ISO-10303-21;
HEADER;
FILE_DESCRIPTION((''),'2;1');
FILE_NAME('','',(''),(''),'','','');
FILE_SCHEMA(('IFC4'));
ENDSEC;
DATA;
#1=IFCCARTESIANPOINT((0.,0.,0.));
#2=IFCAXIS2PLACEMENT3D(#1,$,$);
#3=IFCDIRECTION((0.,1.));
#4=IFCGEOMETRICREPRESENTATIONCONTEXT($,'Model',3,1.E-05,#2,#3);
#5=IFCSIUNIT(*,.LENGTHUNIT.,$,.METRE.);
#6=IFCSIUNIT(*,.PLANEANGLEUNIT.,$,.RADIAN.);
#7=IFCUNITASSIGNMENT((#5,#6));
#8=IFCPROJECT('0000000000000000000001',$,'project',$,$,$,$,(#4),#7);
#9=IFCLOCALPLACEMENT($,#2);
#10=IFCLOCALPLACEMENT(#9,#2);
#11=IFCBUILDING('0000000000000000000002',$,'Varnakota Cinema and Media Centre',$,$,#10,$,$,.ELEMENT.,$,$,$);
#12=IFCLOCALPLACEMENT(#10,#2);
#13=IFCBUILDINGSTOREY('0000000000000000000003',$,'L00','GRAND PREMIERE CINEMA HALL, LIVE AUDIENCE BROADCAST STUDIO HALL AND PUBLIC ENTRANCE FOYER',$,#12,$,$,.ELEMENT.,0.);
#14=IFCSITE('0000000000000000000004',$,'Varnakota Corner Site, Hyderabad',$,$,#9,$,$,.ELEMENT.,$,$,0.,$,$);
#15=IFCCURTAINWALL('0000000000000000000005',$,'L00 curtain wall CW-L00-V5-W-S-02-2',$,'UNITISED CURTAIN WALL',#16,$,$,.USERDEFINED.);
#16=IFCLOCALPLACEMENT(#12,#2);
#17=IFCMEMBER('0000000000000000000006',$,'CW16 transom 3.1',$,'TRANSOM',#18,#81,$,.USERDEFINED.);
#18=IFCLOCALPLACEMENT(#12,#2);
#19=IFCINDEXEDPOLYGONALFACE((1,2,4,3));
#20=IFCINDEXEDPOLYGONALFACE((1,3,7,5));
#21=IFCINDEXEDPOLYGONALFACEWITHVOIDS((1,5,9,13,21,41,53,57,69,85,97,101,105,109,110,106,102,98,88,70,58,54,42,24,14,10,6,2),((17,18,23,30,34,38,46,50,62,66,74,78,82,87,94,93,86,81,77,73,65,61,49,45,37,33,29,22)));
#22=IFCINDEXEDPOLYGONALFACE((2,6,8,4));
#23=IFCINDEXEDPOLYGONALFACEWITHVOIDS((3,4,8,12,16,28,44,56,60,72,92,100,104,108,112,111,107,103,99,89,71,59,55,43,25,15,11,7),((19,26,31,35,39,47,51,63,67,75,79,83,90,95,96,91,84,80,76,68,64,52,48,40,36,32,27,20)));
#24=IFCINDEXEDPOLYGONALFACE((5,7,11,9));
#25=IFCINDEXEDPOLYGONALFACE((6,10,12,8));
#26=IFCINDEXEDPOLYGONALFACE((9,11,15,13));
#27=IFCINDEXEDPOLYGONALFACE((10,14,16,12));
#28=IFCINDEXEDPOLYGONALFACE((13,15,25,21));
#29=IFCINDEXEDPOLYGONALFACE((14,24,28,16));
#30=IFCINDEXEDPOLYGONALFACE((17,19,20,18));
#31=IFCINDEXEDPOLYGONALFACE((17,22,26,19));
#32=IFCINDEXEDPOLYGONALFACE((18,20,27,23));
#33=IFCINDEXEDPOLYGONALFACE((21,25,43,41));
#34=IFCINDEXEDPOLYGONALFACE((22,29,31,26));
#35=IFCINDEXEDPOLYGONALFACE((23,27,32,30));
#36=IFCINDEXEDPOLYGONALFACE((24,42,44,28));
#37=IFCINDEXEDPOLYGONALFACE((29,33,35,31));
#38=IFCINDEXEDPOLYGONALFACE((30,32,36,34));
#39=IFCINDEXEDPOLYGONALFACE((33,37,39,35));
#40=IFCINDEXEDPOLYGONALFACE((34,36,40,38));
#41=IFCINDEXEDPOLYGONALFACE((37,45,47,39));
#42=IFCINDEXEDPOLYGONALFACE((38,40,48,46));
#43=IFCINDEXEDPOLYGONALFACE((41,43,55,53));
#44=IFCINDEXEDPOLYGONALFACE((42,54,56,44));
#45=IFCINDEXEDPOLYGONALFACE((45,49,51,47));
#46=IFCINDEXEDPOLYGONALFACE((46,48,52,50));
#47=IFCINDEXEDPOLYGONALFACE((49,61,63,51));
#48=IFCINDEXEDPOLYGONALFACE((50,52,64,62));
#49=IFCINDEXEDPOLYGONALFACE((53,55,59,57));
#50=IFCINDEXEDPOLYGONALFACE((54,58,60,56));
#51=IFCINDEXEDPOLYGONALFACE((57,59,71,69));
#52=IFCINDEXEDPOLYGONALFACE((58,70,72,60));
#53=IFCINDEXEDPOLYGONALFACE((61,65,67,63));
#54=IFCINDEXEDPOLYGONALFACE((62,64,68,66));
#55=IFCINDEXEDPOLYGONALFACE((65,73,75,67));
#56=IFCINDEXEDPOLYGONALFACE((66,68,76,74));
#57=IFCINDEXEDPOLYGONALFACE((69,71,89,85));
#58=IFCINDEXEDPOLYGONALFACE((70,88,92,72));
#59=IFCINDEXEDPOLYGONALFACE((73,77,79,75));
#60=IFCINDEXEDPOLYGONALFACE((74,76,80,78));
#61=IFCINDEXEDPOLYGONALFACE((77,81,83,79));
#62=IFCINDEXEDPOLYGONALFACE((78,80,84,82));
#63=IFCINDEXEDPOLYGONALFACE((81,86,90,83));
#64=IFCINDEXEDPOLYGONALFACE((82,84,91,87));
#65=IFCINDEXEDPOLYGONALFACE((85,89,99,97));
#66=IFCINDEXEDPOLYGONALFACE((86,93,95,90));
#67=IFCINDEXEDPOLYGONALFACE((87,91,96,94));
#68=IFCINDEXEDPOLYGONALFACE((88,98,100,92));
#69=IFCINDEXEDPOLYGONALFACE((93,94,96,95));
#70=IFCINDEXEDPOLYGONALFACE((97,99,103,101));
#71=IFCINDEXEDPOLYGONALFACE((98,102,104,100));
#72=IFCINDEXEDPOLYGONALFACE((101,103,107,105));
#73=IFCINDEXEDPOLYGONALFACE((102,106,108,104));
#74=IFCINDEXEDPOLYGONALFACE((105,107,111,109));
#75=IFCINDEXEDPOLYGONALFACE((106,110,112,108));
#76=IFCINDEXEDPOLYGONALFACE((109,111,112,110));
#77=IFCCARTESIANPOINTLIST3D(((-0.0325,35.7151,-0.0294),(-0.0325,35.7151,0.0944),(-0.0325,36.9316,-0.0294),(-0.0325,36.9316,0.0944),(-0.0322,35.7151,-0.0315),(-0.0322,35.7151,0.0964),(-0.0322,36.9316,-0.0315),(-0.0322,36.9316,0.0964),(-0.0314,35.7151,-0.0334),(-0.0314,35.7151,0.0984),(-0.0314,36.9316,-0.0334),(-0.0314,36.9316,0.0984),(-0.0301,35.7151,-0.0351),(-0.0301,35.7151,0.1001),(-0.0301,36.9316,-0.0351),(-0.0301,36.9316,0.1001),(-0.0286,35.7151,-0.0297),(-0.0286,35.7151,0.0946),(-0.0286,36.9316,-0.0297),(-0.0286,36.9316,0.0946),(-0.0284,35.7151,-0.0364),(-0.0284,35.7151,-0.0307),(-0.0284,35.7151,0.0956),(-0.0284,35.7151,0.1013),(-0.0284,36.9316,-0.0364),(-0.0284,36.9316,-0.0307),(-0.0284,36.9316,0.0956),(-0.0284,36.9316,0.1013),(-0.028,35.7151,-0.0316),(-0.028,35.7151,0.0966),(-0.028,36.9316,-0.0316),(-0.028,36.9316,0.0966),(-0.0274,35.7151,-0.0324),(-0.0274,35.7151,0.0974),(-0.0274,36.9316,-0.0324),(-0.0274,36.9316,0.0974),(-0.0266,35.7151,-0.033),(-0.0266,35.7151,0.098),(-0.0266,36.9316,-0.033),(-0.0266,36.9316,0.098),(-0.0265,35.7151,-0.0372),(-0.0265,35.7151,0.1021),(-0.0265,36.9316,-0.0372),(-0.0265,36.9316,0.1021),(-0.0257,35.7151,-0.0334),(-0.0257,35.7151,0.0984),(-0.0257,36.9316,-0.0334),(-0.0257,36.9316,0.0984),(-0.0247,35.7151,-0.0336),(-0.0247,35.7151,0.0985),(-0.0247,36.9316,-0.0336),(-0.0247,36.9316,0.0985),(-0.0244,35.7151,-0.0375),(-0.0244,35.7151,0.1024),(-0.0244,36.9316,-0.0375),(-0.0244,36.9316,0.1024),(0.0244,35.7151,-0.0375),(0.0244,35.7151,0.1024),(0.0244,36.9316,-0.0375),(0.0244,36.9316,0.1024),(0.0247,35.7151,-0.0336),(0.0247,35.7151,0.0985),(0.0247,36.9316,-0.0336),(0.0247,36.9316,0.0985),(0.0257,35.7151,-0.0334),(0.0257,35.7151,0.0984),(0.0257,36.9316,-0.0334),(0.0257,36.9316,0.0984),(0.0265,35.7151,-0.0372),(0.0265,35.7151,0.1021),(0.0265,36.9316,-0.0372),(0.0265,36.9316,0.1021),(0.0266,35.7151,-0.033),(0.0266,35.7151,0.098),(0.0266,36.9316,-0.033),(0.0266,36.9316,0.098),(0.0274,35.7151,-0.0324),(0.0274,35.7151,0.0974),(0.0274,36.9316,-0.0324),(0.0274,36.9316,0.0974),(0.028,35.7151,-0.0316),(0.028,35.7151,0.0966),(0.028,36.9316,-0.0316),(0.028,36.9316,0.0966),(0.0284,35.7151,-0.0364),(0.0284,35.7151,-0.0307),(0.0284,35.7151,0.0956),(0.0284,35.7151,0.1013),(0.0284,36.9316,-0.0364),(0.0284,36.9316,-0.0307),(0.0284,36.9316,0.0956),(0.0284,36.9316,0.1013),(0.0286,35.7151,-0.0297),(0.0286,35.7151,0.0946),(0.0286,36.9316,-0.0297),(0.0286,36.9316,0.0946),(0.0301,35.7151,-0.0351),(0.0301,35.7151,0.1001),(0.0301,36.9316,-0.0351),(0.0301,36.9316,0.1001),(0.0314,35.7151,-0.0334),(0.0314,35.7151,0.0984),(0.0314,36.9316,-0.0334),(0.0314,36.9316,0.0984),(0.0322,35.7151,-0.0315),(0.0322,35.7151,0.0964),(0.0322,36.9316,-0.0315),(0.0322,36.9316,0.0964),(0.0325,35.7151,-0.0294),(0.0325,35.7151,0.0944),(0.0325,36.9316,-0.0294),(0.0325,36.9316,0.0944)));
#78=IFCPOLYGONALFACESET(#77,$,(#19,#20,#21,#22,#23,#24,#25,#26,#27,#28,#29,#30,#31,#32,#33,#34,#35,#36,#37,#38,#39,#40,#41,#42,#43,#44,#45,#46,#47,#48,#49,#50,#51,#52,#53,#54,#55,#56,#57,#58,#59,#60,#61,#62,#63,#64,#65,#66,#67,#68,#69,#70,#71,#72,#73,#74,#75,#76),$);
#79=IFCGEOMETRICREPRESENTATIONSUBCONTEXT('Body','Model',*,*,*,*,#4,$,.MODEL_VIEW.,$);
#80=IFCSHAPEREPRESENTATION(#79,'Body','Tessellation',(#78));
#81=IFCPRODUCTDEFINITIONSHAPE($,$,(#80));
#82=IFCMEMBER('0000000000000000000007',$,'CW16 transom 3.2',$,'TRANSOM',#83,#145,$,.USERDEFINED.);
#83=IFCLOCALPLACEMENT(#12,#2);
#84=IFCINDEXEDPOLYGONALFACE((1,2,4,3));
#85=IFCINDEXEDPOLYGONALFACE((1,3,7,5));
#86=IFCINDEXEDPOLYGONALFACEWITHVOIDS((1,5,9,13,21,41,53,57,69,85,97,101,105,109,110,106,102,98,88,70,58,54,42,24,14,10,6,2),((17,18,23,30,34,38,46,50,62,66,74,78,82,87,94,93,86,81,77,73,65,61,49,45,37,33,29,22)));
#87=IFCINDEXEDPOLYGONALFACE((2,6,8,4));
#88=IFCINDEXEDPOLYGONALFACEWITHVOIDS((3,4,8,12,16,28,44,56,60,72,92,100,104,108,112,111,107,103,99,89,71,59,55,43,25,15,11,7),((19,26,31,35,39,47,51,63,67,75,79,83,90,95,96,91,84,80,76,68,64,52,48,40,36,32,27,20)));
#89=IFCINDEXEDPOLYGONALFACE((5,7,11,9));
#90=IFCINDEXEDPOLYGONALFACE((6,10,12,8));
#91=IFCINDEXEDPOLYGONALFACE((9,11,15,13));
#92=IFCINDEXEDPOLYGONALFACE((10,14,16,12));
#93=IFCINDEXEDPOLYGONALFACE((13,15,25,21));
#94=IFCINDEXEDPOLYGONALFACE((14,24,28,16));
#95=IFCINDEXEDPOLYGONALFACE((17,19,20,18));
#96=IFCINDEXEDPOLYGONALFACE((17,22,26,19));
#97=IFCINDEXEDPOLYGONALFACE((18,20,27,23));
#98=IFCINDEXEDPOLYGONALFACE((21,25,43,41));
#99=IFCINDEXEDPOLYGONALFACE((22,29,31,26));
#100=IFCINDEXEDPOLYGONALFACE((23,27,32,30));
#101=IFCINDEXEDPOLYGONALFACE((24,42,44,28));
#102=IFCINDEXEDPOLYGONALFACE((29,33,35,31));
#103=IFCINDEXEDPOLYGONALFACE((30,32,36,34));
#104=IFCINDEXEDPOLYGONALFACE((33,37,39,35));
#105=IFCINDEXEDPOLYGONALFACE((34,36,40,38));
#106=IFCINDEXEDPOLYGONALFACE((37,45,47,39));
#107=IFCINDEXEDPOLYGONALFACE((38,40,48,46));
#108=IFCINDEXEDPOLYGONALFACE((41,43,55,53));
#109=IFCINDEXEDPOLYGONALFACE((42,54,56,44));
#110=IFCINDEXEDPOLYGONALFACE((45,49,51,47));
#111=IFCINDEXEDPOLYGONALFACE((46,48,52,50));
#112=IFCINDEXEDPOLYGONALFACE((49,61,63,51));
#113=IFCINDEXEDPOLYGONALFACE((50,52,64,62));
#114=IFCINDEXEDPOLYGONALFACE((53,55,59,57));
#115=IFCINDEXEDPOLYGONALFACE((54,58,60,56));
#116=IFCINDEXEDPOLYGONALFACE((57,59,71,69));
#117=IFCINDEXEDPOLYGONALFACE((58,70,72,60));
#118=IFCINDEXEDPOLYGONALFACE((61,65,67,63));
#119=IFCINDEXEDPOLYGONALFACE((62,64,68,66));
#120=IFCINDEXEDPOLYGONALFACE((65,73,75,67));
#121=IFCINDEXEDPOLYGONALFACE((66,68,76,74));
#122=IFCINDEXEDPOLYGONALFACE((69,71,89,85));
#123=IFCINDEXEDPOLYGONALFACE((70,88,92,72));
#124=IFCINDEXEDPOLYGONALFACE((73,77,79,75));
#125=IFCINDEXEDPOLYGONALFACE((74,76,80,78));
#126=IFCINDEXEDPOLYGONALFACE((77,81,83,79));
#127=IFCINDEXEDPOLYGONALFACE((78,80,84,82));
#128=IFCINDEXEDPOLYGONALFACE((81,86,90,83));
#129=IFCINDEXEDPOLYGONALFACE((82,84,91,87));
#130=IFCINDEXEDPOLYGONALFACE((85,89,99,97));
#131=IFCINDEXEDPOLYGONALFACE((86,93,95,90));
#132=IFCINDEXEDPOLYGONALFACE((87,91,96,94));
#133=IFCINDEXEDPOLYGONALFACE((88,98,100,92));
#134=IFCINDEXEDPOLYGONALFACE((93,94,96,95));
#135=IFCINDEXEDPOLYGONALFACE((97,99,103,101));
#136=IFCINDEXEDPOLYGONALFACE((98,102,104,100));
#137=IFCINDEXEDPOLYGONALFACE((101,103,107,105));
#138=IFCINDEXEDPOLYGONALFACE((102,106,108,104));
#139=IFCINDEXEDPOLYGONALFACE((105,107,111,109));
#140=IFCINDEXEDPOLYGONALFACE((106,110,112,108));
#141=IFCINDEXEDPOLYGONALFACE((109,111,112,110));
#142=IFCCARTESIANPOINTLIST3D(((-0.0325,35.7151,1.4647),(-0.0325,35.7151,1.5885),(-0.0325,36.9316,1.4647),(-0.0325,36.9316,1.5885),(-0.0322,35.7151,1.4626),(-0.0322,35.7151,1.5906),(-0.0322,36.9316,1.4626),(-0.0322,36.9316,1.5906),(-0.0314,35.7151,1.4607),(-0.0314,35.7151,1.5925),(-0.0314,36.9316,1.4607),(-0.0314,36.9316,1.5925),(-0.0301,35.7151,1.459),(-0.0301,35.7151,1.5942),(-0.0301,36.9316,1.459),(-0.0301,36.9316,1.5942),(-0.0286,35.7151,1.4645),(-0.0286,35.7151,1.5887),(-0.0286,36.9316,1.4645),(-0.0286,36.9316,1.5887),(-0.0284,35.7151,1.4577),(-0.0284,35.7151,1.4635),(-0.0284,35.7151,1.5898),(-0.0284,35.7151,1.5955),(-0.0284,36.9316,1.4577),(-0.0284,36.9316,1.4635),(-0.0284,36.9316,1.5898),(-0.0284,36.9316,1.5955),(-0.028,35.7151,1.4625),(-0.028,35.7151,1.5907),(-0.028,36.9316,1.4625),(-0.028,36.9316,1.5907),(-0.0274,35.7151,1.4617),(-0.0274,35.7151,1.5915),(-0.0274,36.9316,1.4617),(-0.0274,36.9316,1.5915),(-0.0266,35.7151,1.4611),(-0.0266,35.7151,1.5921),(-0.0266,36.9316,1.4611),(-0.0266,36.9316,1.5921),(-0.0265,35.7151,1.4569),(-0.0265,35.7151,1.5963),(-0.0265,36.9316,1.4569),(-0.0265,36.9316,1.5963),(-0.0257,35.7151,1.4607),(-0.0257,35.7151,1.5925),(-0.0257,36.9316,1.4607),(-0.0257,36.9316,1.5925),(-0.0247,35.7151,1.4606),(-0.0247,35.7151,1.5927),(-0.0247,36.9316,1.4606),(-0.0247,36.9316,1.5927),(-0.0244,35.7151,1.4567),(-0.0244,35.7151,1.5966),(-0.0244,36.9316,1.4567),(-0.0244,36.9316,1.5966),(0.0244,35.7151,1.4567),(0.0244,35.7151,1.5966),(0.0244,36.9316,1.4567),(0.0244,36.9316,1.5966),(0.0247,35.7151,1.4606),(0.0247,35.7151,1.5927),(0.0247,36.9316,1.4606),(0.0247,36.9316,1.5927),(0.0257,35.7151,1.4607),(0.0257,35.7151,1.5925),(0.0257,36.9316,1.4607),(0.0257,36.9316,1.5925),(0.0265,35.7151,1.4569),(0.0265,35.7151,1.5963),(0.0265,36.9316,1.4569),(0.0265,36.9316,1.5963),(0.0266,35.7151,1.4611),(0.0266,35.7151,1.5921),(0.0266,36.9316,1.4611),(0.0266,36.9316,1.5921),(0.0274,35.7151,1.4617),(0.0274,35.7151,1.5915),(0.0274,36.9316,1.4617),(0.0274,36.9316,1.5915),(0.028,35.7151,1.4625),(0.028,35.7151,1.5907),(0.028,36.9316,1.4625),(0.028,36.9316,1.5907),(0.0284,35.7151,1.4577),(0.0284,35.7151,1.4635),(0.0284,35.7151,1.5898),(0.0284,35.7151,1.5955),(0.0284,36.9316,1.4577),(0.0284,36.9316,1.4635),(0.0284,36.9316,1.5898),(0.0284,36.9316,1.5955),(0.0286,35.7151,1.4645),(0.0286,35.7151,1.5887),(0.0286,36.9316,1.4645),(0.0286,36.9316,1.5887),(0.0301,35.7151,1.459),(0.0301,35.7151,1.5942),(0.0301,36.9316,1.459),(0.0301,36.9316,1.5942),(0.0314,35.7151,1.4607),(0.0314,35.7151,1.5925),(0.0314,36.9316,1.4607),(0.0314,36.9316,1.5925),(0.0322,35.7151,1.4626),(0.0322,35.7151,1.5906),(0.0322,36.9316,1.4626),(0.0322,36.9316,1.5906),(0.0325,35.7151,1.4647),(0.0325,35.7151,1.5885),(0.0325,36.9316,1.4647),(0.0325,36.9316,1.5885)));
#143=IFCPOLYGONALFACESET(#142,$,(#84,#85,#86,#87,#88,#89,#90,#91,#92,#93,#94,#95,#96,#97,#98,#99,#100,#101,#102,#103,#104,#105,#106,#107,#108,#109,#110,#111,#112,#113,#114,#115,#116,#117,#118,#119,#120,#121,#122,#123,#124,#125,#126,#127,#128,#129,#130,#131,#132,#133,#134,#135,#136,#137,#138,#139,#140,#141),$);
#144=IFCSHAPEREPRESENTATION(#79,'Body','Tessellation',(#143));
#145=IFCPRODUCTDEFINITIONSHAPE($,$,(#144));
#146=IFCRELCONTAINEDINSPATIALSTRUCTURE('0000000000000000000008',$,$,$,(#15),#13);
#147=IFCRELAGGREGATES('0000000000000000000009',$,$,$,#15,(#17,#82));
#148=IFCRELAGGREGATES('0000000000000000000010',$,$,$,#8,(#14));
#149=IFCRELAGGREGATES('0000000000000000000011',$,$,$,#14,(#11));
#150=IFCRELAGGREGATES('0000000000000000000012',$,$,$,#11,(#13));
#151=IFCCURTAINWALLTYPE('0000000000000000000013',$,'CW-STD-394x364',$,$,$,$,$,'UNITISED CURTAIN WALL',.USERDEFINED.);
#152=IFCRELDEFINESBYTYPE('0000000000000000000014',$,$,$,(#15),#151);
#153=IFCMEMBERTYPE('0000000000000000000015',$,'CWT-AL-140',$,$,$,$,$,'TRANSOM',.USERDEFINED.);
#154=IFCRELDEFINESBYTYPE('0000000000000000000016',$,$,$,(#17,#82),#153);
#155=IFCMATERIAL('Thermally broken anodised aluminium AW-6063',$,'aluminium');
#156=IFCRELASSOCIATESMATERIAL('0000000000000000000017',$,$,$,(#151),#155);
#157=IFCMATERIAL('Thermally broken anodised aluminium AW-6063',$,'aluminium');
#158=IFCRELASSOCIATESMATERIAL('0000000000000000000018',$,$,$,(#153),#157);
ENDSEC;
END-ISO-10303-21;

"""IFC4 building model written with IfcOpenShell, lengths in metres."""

from ifc_helpers import new_model, si_unit, direction, frame, origin, origin_2d, place, context, subcontext, project, spatial, hollow_rectangle, extrude, material, material_profile, profile_set, type_object, element, aggregate, save


model = new_model("IFC4")

# Units and contexts
model_context = context("Model", 3, precision=1e-05, world=origin(), true_north=direction((0.0, 1.0)))
body_context = subcontext(model_context, "Body", "Model", "MODEL_VIEW")
ifc_project = project(units=[si_unit("LENGTHUNIT", "METRE"), si_unit("PLANEANGLEUNIT", "RADIAN")], contexts=[model_context])

# Site, building, storey
site_placement = place(None, origin())
site = spatial("IfcSite", under=ifc_project, at=site_placement, Name="Varnakota Corner Site, Hyderabad", CompositionType="ELEMENT", RefElevation=0.0)
building_placement = place(site_placement, origin())
building = spatial("IfcBuilding", under=site, at=building_placement, Name="Varnakota Cinema and Media Centre", CompositionType="ELEMENT")
storey_placement = place(building_placement, origin())
storey = spatial("IfcBuildingStorey", under=building, at=storey_placement, Name="L00", Description="GRAND PREMIERE CINEMA HALL, LIVE AUDIENCE BROADCAST STUDIO HALL AND PUBLIC ENTRANCE FOYER", CompositionType="ELEMENT", Elevation=0.0)

# Shared definitions
ifc_material_1 = material(Name="Thermally broken anodised aluminium AW-6063", Category="aluminium")
curtain_wall_type = type_object("IfcCurtainWallType", Name="CW-STD-394x364", ElementType="UNITISED CURTAIN WALL", PredefinedType="USERDEFINED", material=ifc_material_1)

# Curtain wall
curtain_wall_1_placement = place(storey_placement, origin())
curtain_wall_1 = element("IfcCurtainWall", 1, at=curtain_wall_1_placement, inside=storey, type_object=curtain_wall_type, Name="L00 curtain wall CW-L00-V5-W-S-02-2", ObjectType="UNITISED CURTAIN WALL", PredefinedType="USERDEFINED")

# Members
ifc_material_2 = material(Name="Thermally broken anodised aluminium AW-6063", Category="aluminium")
ifc_material_profile_1 = material_profile(ifc_material_2, hollow_rectangle(XDim=0.0649, YDim=0.1399, WallThickness=0.0039, InnerFilletRadius=0.0039, OuterFilletRadius=0.0081, at=origin_2d()), Name="AL-TRANSOM 140x65x4")
ifc_profile_set_1 = profile_set([ifc_material_profile_1], Name="Thermally broken anodised aluminium AW-6063")
member_type_1 = type_object("IfcMemberType", Name="CWT-AL-140", ElementType="TRANSOM", PredefinedType="USERDEFINED", material=ifc_profile_set_1)
member_1_placement = place(storey_placement, frame((0.0, 36.9316, 0.0325), z_axis=(0.0, -1.0, 0.0), x_axis=(1.0, 0.0, 0.0)))
member_1 = element("IfcMember", 2, at=member_1_placement, type_object=member_type_1, Name="CW16 transom 3.1", ObjectType="TRANSOM", PredefinedType="USERDEFINED", context=body_context, shape_type="SweptSolid", body=[
    extrude(hollow_rectangle(XDim=0.0649, YDim=0.1399, WallThickness=0.0039, InnerFilletRadius=0.0039, OuterFilletRadius=0.0081, at=origin_2d()), origin(), (0.0, 0.0, 1.0), 1.2166),
])
member_2_placement = place(storey_placement, frame((0.0, 36.9316, 1.5266), z_axis=(0.0, -1.0, 0.0), x_axis=(1.0, 0.0, 0.0)))
member_2 = element("IfcMember", 3, at=member_2_placement, type_object=member_type_1, Name="CW16 transom 3.2", ObjectType="TRANSOM", PredefinedType="USERDEFINED", context=body_context, shape_type="SweptSolid", body=[
    extrude(hollow_rectangle(XDim=0.0649, YDim=0.1399, WallThickness=0.0039, InnerFilletRadius=0.0039, OuterFilletRadius=0.0081, at=origin_2d()), origin(), (0.0, 0.0, 1.0), 1.2166),
])

aggregate(curtain_wall_1, [member_1, member_2])

save(model, "model.ifc")
